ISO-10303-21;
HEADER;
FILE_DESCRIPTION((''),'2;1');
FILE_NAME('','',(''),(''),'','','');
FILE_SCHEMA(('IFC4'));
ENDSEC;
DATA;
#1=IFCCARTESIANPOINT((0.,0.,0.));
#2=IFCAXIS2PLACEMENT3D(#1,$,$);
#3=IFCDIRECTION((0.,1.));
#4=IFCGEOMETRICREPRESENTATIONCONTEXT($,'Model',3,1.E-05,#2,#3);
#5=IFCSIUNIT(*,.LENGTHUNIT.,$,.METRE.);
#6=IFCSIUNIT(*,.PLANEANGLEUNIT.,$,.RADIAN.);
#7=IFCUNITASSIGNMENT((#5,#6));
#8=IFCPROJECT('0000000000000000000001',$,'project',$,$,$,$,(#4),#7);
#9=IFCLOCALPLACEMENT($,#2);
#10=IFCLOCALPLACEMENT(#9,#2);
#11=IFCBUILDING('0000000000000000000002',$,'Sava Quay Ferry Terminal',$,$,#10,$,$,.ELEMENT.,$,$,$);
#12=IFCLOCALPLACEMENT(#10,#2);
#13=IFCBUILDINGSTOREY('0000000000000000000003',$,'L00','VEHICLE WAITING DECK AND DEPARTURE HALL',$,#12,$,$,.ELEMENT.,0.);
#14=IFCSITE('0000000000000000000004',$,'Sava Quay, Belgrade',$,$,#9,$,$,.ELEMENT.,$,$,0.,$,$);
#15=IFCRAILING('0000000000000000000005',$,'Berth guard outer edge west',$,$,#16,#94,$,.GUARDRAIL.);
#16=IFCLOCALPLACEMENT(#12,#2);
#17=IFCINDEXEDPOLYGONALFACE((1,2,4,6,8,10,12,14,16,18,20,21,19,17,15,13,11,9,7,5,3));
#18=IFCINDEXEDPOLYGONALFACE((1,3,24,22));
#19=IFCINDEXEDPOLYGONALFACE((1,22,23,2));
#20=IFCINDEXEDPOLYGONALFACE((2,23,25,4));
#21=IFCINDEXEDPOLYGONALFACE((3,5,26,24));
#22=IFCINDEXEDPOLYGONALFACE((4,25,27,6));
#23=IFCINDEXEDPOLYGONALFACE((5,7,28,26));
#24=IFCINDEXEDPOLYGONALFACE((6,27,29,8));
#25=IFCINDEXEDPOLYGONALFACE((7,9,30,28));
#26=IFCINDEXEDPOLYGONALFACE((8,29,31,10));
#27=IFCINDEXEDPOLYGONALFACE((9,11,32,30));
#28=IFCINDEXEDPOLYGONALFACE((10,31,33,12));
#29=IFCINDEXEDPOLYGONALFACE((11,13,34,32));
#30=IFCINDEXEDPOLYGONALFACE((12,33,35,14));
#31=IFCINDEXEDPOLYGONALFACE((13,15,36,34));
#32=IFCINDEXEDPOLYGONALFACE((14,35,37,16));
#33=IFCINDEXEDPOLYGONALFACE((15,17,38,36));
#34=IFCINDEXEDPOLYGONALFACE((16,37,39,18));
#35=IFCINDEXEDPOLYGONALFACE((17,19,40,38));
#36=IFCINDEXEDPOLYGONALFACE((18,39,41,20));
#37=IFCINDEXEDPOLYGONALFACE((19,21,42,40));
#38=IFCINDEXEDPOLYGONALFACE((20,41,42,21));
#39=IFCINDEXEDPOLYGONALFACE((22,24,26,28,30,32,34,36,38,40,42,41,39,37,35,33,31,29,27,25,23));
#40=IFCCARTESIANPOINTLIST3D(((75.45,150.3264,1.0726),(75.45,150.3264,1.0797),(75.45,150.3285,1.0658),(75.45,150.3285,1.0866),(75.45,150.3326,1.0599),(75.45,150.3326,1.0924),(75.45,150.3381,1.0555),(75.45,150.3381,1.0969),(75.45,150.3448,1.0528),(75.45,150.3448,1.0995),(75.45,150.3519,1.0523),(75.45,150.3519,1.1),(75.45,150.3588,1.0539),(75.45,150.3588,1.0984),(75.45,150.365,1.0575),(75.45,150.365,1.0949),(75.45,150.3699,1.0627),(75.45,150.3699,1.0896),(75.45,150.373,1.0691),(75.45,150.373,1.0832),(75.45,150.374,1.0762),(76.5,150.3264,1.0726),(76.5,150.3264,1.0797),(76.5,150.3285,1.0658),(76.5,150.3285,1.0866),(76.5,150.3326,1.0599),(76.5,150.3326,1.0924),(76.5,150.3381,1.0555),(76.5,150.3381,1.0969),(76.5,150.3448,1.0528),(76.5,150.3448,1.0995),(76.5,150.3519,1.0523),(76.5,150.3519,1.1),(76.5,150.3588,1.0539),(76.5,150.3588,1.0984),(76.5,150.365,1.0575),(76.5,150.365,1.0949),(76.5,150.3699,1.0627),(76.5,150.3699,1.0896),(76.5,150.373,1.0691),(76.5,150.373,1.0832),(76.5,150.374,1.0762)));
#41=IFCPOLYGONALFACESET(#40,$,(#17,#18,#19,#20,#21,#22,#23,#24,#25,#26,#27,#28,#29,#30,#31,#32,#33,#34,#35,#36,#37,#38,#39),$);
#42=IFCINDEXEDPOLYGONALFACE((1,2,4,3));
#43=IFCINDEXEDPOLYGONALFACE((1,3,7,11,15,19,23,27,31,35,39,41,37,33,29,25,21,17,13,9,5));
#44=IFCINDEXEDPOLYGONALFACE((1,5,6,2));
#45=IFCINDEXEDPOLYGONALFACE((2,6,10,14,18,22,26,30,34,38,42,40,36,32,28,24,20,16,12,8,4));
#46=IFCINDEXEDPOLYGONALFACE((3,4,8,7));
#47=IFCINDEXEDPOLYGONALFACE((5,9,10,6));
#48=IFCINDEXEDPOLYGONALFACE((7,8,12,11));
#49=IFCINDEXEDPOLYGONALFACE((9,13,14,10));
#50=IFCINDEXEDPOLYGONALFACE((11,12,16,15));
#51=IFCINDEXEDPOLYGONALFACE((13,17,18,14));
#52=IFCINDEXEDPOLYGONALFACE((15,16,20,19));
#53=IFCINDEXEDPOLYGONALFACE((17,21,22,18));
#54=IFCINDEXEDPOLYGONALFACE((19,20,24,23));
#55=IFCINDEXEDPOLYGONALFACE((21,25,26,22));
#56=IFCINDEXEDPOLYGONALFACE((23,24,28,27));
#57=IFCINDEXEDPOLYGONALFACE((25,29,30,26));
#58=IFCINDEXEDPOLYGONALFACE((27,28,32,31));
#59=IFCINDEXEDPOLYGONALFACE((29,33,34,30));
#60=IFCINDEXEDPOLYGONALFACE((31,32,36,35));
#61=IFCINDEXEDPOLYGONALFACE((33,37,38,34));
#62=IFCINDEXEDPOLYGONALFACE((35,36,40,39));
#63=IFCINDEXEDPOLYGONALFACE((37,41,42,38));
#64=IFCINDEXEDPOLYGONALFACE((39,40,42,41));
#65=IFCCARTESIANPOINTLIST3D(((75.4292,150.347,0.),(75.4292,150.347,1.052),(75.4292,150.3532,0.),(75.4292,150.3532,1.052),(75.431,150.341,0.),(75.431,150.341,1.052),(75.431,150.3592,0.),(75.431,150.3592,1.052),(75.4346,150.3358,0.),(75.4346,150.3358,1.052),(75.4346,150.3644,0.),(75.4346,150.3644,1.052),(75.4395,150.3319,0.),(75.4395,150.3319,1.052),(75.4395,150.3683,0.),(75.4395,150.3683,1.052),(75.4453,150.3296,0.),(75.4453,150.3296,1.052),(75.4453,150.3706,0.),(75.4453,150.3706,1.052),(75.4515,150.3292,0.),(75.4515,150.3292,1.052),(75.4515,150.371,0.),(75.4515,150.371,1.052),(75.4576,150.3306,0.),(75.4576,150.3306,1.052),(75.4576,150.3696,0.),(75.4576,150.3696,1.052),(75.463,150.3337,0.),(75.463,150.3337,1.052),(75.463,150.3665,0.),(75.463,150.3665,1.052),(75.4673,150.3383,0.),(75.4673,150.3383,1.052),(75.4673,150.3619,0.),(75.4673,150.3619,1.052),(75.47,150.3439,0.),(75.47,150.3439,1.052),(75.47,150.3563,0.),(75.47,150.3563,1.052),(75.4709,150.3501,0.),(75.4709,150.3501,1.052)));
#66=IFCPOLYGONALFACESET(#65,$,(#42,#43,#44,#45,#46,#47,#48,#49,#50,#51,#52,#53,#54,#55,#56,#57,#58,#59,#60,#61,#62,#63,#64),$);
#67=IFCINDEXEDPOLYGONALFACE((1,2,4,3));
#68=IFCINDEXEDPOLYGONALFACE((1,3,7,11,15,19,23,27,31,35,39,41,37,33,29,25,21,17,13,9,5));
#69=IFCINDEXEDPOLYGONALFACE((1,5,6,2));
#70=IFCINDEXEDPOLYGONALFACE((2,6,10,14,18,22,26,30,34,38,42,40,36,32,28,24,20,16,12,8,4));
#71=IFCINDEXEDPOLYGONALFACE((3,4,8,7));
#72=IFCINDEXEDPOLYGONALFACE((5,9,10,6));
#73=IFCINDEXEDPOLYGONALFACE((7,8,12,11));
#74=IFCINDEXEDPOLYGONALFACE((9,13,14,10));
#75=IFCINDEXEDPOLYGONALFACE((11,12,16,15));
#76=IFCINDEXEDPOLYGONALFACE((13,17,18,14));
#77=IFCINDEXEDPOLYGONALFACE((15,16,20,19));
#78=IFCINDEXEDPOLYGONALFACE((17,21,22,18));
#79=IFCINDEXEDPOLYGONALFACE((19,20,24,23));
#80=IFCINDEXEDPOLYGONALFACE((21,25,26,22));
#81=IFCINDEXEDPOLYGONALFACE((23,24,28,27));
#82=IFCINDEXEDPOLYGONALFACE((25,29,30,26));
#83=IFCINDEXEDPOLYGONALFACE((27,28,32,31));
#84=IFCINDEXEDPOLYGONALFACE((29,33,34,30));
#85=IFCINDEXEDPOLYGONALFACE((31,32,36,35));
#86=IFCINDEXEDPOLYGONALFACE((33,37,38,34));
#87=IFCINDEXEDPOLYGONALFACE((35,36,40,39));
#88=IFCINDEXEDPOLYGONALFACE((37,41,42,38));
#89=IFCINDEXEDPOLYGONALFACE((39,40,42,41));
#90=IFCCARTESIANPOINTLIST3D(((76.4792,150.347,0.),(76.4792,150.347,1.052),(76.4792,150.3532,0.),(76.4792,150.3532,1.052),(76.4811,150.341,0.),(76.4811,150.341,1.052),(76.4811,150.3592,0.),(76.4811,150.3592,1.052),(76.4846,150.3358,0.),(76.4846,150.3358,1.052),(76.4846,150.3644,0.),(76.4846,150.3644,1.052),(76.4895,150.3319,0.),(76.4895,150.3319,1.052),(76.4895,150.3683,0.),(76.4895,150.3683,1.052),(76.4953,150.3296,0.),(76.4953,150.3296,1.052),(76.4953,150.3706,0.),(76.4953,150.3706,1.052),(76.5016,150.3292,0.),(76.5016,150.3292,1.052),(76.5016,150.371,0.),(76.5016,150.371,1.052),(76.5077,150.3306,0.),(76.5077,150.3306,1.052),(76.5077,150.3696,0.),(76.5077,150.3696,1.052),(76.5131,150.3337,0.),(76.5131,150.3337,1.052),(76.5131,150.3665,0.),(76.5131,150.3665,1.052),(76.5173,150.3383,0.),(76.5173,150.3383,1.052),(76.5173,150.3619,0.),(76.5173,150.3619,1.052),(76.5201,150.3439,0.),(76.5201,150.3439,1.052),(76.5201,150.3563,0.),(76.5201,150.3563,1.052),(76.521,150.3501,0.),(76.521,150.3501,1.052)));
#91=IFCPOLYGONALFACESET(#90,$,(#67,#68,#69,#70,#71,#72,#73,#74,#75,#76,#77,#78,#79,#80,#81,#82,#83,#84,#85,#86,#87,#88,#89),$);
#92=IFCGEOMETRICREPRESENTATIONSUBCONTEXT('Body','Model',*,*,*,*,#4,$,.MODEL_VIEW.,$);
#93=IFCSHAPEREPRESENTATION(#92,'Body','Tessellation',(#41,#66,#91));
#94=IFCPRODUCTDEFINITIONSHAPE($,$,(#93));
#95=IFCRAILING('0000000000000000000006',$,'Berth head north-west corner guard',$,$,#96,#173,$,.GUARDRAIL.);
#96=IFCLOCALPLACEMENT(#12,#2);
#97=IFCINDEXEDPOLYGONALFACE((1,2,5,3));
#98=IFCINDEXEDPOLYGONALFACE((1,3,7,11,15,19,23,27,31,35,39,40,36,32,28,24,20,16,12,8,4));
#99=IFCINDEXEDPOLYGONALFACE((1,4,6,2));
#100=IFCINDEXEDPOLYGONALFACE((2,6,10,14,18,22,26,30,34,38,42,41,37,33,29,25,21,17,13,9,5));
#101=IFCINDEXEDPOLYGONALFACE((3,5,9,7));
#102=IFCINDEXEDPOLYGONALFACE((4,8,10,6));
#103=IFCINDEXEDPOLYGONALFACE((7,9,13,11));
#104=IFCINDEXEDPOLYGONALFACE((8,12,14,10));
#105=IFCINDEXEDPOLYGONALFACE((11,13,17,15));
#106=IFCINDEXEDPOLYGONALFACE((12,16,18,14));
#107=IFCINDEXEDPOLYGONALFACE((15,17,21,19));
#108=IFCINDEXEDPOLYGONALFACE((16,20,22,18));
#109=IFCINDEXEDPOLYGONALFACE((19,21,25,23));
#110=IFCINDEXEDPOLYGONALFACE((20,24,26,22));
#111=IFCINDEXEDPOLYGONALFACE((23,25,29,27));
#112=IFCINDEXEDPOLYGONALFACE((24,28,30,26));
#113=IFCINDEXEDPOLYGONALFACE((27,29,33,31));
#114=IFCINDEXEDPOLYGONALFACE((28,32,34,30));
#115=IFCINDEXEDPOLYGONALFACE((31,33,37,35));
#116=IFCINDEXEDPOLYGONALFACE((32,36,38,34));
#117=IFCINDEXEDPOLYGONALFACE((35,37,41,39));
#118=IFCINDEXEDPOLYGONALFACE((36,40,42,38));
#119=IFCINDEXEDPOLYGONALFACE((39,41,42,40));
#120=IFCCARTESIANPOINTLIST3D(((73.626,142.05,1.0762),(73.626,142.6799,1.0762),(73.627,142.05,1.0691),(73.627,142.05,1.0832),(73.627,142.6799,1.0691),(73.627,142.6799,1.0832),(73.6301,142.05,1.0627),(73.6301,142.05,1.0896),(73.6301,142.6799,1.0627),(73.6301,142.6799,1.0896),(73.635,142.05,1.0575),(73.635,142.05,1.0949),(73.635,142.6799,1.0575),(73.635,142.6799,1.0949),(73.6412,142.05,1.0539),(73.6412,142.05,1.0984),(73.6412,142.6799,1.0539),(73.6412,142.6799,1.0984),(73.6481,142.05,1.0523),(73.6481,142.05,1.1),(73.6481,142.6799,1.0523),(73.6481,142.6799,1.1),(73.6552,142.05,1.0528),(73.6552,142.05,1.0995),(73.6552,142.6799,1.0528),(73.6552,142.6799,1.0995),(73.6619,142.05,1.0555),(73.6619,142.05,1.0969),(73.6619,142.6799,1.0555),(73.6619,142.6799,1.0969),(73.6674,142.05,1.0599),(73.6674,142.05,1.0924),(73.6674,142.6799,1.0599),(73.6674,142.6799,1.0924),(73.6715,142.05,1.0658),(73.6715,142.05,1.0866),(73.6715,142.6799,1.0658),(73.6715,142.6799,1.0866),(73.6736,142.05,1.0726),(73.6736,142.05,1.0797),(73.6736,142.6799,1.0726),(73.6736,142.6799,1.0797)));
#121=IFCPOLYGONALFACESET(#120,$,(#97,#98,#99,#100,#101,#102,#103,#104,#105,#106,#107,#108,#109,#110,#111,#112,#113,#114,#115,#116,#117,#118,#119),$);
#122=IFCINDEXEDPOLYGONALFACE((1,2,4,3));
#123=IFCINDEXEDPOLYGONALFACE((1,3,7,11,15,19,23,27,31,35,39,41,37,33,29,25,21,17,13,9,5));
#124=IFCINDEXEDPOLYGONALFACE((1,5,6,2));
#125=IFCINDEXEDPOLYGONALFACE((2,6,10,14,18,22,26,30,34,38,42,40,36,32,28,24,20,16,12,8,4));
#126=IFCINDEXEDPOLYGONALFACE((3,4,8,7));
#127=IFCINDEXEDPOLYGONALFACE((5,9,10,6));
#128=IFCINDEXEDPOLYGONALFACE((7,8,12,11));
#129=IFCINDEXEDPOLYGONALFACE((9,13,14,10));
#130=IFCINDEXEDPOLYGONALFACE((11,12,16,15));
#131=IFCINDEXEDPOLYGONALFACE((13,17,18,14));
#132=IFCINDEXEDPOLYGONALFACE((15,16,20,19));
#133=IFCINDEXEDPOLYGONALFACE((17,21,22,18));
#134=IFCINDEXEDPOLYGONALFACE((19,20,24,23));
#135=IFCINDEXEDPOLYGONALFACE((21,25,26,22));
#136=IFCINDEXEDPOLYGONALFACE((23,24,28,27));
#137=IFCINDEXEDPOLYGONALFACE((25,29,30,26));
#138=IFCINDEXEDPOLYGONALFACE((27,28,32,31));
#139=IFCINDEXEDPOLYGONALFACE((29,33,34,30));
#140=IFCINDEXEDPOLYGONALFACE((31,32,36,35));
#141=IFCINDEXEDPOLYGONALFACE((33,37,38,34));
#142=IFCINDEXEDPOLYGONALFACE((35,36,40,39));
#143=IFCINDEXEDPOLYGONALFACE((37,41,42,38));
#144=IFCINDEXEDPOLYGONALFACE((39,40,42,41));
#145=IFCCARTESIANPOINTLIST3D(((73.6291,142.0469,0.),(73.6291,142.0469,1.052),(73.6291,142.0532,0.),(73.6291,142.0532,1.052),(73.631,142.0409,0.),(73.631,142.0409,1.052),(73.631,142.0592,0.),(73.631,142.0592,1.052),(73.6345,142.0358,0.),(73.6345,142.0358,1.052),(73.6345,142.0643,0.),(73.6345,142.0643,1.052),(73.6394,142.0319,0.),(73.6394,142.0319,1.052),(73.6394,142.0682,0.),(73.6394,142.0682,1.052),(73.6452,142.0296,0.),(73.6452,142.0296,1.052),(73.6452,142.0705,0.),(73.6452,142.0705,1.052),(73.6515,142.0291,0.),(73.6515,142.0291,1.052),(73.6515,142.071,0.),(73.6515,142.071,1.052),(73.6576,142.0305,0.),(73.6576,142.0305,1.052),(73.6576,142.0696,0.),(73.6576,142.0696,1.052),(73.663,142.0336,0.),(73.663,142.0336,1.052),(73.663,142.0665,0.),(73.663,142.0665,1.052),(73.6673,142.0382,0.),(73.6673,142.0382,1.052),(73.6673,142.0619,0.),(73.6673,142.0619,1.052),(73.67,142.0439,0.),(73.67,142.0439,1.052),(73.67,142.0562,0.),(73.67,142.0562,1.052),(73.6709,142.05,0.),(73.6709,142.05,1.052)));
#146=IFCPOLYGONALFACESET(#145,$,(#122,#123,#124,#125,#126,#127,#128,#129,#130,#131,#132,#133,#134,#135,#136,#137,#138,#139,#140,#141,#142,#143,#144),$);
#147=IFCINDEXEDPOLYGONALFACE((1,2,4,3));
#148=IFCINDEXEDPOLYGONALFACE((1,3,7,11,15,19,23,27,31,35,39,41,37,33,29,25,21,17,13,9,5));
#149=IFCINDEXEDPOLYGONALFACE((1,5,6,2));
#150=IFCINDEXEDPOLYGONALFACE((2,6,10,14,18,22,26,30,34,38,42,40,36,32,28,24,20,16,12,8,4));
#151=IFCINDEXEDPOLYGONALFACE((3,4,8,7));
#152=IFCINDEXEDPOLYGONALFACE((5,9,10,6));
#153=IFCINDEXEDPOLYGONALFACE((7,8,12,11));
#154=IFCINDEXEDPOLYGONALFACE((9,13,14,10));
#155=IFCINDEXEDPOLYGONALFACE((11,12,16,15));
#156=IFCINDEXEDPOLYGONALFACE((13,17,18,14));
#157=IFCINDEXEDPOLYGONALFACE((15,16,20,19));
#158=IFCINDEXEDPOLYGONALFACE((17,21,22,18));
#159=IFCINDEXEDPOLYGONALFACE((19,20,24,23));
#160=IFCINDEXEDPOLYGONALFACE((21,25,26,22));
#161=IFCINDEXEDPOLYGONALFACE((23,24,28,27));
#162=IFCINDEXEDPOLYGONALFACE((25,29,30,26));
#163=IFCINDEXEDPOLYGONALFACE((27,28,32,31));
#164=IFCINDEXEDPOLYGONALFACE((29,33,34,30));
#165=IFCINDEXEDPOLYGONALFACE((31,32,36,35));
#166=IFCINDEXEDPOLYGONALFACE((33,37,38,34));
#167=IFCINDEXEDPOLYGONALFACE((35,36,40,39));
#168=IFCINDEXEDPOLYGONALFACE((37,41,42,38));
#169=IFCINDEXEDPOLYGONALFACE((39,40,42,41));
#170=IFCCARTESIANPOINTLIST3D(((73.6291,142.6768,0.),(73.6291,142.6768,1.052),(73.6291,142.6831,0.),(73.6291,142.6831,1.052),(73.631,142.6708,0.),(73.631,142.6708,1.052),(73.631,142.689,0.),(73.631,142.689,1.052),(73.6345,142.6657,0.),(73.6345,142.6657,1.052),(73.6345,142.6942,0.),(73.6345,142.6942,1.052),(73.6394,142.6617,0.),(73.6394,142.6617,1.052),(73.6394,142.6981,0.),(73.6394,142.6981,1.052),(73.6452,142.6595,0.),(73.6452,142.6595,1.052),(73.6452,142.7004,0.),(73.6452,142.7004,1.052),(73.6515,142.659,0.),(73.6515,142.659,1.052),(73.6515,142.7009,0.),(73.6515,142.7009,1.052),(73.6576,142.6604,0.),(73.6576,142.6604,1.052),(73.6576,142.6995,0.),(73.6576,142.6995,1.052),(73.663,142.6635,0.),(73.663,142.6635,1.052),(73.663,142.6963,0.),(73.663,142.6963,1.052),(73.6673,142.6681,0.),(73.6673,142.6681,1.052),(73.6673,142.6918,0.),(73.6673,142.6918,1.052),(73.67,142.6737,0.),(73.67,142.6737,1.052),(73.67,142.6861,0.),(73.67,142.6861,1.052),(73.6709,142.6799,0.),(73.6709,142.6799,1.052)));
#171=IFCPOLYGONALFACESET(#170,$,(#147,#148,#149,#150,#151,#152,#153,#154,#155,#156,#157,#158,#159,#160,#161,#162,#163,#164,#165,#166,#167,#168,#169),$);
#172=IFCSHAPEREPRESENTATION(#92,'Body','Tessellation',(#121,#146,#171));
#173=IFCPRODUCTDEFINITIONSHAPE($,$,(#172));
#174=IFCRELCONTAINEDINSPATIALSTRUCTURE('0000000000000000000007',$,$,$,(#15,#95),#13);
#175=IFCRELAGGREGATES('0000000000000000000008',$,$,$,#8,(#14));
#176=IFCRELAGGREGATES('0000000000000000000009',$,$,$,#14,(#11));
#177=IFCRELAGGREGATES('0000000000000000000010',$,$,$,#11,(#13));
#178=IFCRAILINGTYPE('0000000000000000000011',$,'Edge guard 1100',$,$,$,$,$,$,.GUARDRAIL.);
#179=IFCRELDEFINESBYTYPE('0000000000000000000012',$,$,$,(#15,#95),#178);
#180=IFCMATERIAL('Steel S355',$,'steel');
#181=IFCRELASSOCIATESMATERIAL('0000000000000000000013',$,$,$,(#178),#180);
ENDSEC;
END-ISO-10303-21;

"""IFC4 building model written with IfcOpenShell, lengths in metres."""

from ifc_helpers import new_model, si_unit, direction, frame, origin, origin_2d, place, context, subcontext, project, spatial, circle, extrude, material, type_object, element, save


model = new_model("IFC4")

# Units and contexts
model_context = context("Model", 3, precision=1e-05, world=origin(), true_north=direction((0.0, 1.0)))
body_context = subcontext(model_context, "Body", "Model", "MODEL_VIEW")
ifc_project = project(units=[si_unit("LENGTHUNIT", "METRE"), si_unit("PLANEANGLEUNIT", "RADIAN")], contexts=[model_context])

# Site, building, storey
site_placement = place(None, origin())
site = spatial("IfcSite", under=ifc_project, at=site_placement, Name="Sava Quay, Belgrade", CompositionType="ELEMENT", RefElevation=0.0)
building_placement = place(site_placement, origin())
building = spatial("IfcBuilding", under=site, at=building_placement, Name="Sava Quay Ferry Terminal", CompositionType="ELEMENT")
storey_placement = place(building_placement, origin())
storey = spatial("IfcBuildingStorey", under=building, at=storey_placement, Name="L00", Description="VEHICLE WAITING DECK AND DEPARTURE HALL", CompositionType="ELEMENT", Elevation=0.0)

# Railings
ifc_material_1 = material(Name="Steel S355", Category="steel")
railing_type = type_object("IfcRailingType", Name="Edge guard 1100", PredefinedType="GUARDRAIL", material=ifc_material_1)
railing_1_placement = place(storey_placement, frame((75.45, 150.3501, 0.0)))
element("IfcRailing", 1, at=railing_1_placement, inside=storey, type_object=railing_type, Name="Berth guard outer edge west", PredefinedType="GUARDRAIL", context=body_context, shape_type="SweptSolid", body=[
    extrude(circle(Radius=0.0239, at=origin_2d()), frame((0.0, 0.0, 1.0762), z_axis=(1.0, 0.0, 0.0), x_axis=(0.0, 1.0, 0.0)), (0.0, 0.0, 1.0), 1.05),
    extrude(circle(Radius=0.021, at=origin_2d()), origin(), (0.0, 0.0, 1.0), 1.052),
    extrude(circle(Radius=0.021, at=origin_2d()), frame((1.05, 0.0, 0.0)), (0.0, 0.0, 1.0), 1.052),
])
railing_2_placement = place(storey_placement, frame((73.6499, 142.05, 0.0)))
element("IfcRailing", 2, at=railing_2_placement, inside=storey, type_object=railing_type, Name="Berth head north-west corner guard", PredefinedType="GUARDRAIL", context=body_context, shape_type="SweptSolid", body=[
    extrude(circle(Radius=0.0239, at=origin_2d()), frame((0.0, 0.0, 1.0762), z_axis=(0.0, 1.0, 0.0), x_axis=(-1.0, 0.0, 0.0)), (0.0, 0.0, 1.0), 0.6299),
    extrude(circle(Radius=0.021, at=origin_2d()), origin(), (0.0, 0.0, 1.0), 1.052),
    extrude(circle(Radius=0.021, at=origin_2d()), frame((0.0, 0.6299, 0.0)), (0.0, 0.0, 1.0), 1.052),
])

save(model, "model.ifc")
